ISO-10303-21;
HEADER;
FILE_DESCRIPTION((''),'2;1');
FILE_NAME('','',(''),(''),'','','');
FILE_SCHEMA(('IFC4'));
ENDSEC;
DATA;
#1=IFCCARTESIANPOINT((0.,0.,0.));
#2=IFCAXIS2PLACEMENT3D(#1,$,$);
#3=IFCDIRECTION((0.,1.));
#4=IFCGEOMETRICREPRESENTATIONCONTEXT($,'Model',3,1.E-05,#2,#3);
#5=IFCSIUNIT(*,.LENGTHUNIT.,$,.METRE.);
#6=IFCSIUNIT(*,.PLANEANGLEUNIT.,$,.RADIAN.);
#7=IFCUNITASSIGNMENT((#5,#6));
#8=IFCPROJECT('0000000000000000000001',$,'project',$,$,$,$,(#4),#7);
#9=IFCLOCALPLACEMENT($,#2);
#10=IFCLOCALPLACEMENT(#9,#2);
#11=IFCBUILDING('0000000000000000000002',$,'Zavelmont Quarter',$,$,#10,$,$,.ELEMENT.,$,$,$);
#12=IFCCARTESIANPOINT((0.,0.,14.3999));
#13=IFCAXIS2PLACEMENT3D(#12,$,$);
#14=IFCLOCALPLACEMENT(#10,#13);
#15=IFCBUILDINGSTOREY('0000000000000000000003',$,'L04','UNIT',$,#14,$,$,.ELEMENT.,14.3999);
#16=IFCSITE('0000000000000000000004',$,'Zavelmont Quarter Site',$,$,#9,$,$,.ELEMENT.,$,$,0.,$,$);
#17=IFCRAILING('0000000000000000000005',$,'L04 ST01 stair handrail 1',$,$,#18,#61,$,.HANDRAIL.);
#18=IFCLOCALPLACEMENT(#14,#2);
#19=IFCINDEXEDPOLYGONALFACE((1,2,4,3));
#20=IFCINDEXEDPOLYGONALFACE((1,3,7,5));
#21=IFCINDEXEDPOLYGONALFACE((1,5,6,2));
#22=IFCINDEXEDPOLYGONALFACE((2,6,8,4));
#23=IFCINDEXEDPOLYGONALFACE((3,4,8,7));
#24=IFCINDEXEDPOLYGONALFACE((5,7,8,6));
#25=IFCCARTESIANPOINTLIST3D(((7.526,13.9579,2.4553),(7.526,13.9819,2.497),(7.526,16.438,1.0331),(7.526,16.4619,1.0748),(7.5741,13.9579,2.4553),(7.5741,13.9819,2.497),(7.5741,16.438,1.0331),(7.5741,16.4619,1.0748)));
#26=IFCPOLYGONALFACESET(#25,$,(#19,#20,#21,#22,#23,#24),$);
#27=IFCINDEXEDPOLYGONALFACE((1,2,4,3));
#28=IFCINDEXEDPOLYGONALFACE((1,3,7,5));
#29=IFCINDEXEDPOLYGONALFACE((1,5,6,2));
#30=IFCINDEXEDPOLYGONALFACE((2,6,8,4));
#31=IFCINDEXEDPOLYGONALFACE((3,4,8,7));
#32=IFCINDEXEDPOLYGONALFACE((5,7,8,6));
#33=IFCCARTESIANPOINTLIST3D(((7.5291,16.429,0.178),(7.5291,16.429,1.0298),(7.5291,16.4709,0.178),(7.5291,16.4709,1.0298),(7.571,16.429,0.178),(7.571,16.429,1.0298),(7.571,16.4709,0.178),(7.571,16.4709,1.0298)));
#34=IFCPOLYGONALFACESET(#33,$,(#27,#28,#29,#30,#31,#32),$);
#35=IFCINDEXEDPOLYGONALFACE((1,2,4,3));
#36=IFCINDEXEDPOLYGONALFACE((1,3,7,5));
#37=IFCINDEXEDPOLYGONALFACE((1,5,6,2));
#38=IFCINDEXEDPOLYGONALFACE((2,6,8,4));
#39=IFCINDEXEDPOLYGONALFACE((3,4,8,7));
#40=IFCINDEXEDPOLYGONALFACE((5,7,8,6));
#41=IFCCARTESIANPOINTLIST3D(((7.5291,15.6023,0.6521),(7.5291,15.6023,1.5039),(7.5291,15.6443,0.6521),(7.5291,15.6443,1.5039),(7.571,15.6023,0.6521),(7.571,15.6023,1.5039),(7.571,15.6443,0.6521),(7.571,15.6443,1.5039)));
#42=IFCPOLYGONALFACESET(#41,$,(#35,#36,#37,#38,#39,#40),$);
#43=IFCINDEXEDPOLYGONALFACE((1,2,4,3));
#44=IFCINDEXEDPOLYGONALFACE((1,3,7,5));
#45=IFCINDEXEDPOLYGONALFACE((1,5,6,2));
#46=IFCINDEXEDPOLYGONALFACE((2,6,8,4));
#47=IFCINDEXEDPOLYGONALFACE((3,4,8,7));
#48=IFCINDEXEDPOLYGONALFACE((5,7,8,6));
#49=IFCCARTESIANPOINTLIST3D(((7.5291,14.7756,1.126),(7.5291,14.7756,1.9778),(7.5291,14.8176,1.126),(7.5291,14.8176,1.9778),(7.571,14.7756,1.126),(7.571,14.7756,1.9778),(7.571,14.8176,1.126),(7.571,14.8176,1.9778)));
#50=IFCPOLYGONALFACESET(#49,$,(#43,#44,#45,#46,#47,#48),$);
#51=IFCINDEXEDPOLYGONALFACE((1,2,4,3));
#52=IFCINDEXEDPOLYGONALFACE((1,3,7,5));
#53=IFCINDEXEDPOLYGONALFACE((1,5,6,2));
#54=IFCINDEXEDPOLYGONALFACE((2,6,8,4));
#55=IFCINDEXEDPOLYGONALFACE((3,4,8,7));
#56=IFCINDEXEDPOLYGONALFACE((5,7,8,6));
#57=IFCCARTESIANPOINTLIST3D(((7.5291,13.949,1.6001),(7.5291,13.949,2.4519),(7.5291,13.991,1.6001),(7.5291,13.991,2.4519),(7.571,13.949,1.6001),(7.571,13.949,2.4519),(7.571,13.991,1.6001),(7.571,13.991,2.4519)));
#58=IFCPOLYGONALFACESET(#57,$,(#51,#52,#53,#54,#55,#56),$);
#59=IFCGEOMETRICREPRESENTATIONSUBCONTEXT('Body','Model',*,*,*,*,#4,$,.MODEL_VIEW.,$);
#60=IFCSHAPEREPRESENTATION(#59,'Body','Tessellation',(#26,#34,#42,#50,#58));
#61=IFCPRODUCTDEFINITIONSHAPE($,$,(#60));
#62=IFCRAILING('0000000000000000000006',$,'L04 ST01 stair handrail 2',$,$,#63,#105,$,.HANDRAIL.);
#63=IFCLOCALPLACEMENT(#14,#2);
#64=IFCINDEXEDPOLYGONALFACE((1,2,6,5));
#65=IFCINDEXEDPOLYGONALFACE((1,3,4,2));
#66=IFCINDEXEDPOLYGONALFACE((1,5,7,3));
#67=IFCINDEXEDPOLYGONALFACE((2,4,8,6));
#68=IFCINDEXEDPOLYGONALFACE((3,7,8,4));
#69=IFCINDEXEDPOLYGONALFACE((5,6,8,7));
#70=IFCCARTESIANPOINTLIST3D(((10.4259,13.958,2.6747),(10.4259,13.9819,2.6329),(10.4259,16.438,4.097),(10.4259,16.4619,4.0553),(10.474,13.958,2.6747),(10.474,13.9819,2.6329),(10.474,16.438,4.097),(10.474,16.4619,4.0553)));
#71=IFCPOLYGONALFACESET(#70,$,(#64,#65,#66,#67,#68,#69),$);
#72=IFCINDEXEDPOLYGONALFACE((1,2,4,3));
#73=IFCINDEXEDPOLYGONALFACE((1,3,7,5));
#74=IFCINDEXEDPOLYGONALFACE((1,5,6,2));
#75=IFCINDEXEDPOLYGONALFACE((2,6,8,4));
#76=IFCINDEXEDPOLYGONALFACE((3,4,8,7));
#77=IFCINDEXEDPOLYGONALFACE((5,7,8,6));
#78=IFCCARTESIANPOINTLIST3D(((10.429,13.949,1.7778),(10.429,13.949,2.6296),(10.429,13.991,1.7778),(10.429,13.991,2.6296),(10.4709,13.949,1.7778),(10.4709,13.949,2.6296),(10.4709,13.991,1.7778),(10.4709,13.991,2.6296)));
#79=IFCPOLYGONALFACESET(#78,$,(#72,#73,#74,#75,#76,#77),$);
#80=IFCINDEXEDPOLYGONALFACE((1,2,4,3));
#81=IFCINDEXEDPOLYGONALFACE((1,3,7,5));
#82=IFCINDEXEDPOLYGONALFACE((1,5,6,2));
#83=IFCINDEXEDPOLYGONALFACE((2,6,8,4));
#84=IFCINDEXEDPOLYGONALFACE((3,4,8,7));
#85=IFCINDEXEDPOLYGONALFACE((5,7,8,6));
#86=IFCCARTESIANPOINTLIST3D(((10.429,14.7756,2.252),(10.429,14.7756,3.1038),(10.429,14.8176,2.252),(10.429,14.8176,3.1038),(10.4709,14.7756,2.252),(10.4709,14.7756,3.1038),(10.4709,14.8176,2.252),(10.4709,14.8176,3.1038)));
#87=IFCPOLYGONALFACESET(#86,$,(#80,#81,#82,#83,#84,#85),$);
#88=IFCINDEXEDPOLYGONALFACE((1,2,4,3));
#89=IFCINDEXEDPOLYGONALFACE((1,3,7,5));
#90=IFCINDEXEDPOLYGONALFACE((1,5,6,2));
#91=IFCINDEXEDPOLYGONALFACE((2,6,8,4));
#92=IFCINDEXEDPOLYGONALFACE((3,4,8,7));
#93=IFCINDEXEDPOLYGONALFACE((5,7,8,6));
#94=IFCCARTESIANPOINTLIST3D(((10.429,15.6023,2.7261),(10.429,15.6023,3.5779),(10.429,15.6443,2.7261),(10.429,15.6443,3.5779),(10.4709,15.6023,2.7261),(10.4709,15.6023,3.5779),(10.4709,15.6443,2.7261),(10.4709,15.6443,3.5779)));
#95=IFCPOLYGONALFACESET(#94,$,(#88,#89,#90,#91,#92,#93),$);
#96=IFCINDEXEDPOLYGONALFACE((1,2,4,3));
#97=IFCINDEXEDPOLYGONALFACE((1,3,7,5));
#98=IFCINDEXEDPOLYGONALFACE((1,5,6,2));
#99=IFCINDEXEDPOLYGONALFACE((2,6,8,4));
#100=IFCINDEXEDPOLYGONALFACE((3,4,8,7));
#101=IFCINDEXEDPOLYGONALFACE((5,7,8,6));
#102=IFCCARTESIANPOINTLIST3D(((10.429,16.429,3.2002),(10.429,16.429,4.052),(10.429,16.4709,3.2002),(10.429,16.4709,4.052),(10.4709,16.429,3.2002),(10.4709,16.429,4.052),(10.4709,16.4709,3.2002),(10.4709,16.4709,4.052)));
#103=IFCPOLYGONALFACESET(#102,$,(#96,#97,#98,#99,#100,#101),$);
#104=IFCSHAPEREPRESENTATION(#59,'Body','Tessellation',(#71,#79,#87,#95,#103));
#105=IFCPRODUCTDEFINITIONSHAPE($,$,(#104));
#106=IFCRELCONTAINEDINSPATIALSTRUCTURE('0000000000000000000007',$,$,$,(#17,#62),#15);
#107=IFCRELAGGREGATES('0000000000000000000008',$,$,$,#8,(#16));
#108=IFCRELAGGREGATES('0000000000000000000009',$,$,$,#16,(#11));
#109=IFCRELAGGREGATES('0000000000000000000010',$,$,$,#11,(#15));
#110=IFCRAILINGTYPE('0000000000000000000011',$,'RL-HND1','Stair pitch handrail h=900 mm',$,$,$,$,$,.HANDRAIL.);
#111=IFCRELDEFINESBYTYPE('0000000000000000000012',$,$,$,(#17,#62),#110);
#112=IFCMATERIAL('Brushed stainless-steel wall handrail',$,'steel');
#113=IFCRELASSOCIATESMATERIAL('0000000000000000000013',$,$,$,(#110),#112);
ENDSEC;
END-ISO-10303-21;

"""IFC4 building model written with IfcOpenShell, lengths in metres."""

from ifc_helpers import new_model, si_unit, direction, frame, origin, origin_2d, place, context, subcontext, project, spatial, rectangle, extrude, material, type_object, element, save


model = new_model("IFC4")

# Units and contexts
model_context = context("Model", 3, precision=1e-05, world=origin(), true_north=direction((0.0, 1.0)))
body_context = subcontext(model_context, "Body", "Model", "MODEL_VIEW")
ifc_project = project(units=[si_unit("LENGTHUNIT", "METRE"), si_unit("PLANEANGLEUNIT", "RADIAN")], contexts=[model_context])

# Site, building, storey
site_placement = place(None, origin())
site = spatial("IfcSite", under=ifc_project, at=site_placement, Name="Zavelmont Quarter Site", CompositionType="ELEMENT", RefElevation=0.0)
building_placement = place(site_placement, origin())
building = spatial("IfcBuilding", under=site, at=building_placement, Name="Zavelmont Quarter", CompositionType="ELEMENT")
storey_placement = place(building_placement, frame((0.0, 0.0, 14.3999)))
storey = spatial("IfcBuildingStorey", under=building, at=storey_placement, Name="L04", Description="UNIT", CompositionType="ELEMENT", Elevation=14.3999)

# Railings
ifc_material_1 = material(Name="Brushed stainless-steel wall handrail", Category="steel")
railing_type_1 = type_object("IfcRailingType", Name="RL-HND1", Description="Stair pitch handrail h=900 mm", PredefinedType="HANDRAIL", material=ifc_material_1)
railing_1_placement = place(storey_placement, frame((7.55, 16.45, 0.178)))
element("IfcRailing", 1, at=railing_1_placement, inside=storey, type_object=railing_type_1, Name="L04 ST01 stair handrail 1", PredefinedType="HANDRAIL", context=body_context, shape_type="SweptSolid", body=[
    extrude(rectangle(XDim=0.0481, YDim=0.0481, at=origin_2d()), frame((0.0, 0.0, 0.876), z_axis=(0.0, -0.867491, 0.497454), x_axis=(1.0, 0.0, 0.0)), (0.0, 0.0, 1.0), 2.8589),
    extrude(rectangle(XDim=0.042, YDim=0.042, at=origin_2d()), origin(), (0.0, 0.0, 1.0), 0.8518),
    extrude(rectangle(XDim=0.042, YDim=0.042, at=origin_2d()), frame((0.0, -0.8267, 0.4741)), (0.0, 0.0, 1.0), 0.8518),
    extrude(rectangle(XDim=0.042, YDim=0.042, at=origin_2d()), frame((0.0, -1.6533, 0.948)), (0.0, 0.0, 1.0), 0.8518),
    extrude(rectangle(XDim=0.042, YDim=0.042, at=origin_2d()), frame((0.0, -2.48, 1.4221)), (0.0, 0.0, 1.0), 0.8518),
])
railing_2_placement = place(storey_placement, frame((10.45, 13.97, 1.7778)))
element("IfcRailing", 2, at=railing_2_placement, inside=storey, type_object=railing_type_1, Name="L04 ST01 stair handrail 2", PredefinedType="HANDRAIL", context=body_context, shape_type="SweptSolid", body=[
    extrude(rectangle(XDim=0.0481, YDim=0.0481, at=origin_2d()), frame((0.0, 0.0, 0.876), z_axis=(0.0, 0.867454, 0.497518), x_axis=(-1.0, 0.0, 0.0)), (0.0, 0.0, 1.0), 2.8589),
    extrude(rectangle(XDim=0.042, YDim=0.042, at=origin_2d()), origin(), (0.0, 0.0, 1.0), 0.8518),
    extrude(rectangle(XDim=0.042, YDim=0.042, at=origin_2d()), frame((0.0, 0.8267, 0.4741)), (0.0, 0.0, 1.0), 0.8518),
    extrude(rectangle(XDim=0.042, YDim=0.042, at=origin_2d()), frame((0.0, 1.6533, 0.9482)), (0.0, 0.0, 1.0), 0.8518),
    extrude(rectangle(XDim=0.042, YDim=0.042, at=origin_2d()), frame((0.0, 2.48, 1.4224)), (0.0, 0.0, 1.0), 0.8518),
])

save(model, "model.ifc")
